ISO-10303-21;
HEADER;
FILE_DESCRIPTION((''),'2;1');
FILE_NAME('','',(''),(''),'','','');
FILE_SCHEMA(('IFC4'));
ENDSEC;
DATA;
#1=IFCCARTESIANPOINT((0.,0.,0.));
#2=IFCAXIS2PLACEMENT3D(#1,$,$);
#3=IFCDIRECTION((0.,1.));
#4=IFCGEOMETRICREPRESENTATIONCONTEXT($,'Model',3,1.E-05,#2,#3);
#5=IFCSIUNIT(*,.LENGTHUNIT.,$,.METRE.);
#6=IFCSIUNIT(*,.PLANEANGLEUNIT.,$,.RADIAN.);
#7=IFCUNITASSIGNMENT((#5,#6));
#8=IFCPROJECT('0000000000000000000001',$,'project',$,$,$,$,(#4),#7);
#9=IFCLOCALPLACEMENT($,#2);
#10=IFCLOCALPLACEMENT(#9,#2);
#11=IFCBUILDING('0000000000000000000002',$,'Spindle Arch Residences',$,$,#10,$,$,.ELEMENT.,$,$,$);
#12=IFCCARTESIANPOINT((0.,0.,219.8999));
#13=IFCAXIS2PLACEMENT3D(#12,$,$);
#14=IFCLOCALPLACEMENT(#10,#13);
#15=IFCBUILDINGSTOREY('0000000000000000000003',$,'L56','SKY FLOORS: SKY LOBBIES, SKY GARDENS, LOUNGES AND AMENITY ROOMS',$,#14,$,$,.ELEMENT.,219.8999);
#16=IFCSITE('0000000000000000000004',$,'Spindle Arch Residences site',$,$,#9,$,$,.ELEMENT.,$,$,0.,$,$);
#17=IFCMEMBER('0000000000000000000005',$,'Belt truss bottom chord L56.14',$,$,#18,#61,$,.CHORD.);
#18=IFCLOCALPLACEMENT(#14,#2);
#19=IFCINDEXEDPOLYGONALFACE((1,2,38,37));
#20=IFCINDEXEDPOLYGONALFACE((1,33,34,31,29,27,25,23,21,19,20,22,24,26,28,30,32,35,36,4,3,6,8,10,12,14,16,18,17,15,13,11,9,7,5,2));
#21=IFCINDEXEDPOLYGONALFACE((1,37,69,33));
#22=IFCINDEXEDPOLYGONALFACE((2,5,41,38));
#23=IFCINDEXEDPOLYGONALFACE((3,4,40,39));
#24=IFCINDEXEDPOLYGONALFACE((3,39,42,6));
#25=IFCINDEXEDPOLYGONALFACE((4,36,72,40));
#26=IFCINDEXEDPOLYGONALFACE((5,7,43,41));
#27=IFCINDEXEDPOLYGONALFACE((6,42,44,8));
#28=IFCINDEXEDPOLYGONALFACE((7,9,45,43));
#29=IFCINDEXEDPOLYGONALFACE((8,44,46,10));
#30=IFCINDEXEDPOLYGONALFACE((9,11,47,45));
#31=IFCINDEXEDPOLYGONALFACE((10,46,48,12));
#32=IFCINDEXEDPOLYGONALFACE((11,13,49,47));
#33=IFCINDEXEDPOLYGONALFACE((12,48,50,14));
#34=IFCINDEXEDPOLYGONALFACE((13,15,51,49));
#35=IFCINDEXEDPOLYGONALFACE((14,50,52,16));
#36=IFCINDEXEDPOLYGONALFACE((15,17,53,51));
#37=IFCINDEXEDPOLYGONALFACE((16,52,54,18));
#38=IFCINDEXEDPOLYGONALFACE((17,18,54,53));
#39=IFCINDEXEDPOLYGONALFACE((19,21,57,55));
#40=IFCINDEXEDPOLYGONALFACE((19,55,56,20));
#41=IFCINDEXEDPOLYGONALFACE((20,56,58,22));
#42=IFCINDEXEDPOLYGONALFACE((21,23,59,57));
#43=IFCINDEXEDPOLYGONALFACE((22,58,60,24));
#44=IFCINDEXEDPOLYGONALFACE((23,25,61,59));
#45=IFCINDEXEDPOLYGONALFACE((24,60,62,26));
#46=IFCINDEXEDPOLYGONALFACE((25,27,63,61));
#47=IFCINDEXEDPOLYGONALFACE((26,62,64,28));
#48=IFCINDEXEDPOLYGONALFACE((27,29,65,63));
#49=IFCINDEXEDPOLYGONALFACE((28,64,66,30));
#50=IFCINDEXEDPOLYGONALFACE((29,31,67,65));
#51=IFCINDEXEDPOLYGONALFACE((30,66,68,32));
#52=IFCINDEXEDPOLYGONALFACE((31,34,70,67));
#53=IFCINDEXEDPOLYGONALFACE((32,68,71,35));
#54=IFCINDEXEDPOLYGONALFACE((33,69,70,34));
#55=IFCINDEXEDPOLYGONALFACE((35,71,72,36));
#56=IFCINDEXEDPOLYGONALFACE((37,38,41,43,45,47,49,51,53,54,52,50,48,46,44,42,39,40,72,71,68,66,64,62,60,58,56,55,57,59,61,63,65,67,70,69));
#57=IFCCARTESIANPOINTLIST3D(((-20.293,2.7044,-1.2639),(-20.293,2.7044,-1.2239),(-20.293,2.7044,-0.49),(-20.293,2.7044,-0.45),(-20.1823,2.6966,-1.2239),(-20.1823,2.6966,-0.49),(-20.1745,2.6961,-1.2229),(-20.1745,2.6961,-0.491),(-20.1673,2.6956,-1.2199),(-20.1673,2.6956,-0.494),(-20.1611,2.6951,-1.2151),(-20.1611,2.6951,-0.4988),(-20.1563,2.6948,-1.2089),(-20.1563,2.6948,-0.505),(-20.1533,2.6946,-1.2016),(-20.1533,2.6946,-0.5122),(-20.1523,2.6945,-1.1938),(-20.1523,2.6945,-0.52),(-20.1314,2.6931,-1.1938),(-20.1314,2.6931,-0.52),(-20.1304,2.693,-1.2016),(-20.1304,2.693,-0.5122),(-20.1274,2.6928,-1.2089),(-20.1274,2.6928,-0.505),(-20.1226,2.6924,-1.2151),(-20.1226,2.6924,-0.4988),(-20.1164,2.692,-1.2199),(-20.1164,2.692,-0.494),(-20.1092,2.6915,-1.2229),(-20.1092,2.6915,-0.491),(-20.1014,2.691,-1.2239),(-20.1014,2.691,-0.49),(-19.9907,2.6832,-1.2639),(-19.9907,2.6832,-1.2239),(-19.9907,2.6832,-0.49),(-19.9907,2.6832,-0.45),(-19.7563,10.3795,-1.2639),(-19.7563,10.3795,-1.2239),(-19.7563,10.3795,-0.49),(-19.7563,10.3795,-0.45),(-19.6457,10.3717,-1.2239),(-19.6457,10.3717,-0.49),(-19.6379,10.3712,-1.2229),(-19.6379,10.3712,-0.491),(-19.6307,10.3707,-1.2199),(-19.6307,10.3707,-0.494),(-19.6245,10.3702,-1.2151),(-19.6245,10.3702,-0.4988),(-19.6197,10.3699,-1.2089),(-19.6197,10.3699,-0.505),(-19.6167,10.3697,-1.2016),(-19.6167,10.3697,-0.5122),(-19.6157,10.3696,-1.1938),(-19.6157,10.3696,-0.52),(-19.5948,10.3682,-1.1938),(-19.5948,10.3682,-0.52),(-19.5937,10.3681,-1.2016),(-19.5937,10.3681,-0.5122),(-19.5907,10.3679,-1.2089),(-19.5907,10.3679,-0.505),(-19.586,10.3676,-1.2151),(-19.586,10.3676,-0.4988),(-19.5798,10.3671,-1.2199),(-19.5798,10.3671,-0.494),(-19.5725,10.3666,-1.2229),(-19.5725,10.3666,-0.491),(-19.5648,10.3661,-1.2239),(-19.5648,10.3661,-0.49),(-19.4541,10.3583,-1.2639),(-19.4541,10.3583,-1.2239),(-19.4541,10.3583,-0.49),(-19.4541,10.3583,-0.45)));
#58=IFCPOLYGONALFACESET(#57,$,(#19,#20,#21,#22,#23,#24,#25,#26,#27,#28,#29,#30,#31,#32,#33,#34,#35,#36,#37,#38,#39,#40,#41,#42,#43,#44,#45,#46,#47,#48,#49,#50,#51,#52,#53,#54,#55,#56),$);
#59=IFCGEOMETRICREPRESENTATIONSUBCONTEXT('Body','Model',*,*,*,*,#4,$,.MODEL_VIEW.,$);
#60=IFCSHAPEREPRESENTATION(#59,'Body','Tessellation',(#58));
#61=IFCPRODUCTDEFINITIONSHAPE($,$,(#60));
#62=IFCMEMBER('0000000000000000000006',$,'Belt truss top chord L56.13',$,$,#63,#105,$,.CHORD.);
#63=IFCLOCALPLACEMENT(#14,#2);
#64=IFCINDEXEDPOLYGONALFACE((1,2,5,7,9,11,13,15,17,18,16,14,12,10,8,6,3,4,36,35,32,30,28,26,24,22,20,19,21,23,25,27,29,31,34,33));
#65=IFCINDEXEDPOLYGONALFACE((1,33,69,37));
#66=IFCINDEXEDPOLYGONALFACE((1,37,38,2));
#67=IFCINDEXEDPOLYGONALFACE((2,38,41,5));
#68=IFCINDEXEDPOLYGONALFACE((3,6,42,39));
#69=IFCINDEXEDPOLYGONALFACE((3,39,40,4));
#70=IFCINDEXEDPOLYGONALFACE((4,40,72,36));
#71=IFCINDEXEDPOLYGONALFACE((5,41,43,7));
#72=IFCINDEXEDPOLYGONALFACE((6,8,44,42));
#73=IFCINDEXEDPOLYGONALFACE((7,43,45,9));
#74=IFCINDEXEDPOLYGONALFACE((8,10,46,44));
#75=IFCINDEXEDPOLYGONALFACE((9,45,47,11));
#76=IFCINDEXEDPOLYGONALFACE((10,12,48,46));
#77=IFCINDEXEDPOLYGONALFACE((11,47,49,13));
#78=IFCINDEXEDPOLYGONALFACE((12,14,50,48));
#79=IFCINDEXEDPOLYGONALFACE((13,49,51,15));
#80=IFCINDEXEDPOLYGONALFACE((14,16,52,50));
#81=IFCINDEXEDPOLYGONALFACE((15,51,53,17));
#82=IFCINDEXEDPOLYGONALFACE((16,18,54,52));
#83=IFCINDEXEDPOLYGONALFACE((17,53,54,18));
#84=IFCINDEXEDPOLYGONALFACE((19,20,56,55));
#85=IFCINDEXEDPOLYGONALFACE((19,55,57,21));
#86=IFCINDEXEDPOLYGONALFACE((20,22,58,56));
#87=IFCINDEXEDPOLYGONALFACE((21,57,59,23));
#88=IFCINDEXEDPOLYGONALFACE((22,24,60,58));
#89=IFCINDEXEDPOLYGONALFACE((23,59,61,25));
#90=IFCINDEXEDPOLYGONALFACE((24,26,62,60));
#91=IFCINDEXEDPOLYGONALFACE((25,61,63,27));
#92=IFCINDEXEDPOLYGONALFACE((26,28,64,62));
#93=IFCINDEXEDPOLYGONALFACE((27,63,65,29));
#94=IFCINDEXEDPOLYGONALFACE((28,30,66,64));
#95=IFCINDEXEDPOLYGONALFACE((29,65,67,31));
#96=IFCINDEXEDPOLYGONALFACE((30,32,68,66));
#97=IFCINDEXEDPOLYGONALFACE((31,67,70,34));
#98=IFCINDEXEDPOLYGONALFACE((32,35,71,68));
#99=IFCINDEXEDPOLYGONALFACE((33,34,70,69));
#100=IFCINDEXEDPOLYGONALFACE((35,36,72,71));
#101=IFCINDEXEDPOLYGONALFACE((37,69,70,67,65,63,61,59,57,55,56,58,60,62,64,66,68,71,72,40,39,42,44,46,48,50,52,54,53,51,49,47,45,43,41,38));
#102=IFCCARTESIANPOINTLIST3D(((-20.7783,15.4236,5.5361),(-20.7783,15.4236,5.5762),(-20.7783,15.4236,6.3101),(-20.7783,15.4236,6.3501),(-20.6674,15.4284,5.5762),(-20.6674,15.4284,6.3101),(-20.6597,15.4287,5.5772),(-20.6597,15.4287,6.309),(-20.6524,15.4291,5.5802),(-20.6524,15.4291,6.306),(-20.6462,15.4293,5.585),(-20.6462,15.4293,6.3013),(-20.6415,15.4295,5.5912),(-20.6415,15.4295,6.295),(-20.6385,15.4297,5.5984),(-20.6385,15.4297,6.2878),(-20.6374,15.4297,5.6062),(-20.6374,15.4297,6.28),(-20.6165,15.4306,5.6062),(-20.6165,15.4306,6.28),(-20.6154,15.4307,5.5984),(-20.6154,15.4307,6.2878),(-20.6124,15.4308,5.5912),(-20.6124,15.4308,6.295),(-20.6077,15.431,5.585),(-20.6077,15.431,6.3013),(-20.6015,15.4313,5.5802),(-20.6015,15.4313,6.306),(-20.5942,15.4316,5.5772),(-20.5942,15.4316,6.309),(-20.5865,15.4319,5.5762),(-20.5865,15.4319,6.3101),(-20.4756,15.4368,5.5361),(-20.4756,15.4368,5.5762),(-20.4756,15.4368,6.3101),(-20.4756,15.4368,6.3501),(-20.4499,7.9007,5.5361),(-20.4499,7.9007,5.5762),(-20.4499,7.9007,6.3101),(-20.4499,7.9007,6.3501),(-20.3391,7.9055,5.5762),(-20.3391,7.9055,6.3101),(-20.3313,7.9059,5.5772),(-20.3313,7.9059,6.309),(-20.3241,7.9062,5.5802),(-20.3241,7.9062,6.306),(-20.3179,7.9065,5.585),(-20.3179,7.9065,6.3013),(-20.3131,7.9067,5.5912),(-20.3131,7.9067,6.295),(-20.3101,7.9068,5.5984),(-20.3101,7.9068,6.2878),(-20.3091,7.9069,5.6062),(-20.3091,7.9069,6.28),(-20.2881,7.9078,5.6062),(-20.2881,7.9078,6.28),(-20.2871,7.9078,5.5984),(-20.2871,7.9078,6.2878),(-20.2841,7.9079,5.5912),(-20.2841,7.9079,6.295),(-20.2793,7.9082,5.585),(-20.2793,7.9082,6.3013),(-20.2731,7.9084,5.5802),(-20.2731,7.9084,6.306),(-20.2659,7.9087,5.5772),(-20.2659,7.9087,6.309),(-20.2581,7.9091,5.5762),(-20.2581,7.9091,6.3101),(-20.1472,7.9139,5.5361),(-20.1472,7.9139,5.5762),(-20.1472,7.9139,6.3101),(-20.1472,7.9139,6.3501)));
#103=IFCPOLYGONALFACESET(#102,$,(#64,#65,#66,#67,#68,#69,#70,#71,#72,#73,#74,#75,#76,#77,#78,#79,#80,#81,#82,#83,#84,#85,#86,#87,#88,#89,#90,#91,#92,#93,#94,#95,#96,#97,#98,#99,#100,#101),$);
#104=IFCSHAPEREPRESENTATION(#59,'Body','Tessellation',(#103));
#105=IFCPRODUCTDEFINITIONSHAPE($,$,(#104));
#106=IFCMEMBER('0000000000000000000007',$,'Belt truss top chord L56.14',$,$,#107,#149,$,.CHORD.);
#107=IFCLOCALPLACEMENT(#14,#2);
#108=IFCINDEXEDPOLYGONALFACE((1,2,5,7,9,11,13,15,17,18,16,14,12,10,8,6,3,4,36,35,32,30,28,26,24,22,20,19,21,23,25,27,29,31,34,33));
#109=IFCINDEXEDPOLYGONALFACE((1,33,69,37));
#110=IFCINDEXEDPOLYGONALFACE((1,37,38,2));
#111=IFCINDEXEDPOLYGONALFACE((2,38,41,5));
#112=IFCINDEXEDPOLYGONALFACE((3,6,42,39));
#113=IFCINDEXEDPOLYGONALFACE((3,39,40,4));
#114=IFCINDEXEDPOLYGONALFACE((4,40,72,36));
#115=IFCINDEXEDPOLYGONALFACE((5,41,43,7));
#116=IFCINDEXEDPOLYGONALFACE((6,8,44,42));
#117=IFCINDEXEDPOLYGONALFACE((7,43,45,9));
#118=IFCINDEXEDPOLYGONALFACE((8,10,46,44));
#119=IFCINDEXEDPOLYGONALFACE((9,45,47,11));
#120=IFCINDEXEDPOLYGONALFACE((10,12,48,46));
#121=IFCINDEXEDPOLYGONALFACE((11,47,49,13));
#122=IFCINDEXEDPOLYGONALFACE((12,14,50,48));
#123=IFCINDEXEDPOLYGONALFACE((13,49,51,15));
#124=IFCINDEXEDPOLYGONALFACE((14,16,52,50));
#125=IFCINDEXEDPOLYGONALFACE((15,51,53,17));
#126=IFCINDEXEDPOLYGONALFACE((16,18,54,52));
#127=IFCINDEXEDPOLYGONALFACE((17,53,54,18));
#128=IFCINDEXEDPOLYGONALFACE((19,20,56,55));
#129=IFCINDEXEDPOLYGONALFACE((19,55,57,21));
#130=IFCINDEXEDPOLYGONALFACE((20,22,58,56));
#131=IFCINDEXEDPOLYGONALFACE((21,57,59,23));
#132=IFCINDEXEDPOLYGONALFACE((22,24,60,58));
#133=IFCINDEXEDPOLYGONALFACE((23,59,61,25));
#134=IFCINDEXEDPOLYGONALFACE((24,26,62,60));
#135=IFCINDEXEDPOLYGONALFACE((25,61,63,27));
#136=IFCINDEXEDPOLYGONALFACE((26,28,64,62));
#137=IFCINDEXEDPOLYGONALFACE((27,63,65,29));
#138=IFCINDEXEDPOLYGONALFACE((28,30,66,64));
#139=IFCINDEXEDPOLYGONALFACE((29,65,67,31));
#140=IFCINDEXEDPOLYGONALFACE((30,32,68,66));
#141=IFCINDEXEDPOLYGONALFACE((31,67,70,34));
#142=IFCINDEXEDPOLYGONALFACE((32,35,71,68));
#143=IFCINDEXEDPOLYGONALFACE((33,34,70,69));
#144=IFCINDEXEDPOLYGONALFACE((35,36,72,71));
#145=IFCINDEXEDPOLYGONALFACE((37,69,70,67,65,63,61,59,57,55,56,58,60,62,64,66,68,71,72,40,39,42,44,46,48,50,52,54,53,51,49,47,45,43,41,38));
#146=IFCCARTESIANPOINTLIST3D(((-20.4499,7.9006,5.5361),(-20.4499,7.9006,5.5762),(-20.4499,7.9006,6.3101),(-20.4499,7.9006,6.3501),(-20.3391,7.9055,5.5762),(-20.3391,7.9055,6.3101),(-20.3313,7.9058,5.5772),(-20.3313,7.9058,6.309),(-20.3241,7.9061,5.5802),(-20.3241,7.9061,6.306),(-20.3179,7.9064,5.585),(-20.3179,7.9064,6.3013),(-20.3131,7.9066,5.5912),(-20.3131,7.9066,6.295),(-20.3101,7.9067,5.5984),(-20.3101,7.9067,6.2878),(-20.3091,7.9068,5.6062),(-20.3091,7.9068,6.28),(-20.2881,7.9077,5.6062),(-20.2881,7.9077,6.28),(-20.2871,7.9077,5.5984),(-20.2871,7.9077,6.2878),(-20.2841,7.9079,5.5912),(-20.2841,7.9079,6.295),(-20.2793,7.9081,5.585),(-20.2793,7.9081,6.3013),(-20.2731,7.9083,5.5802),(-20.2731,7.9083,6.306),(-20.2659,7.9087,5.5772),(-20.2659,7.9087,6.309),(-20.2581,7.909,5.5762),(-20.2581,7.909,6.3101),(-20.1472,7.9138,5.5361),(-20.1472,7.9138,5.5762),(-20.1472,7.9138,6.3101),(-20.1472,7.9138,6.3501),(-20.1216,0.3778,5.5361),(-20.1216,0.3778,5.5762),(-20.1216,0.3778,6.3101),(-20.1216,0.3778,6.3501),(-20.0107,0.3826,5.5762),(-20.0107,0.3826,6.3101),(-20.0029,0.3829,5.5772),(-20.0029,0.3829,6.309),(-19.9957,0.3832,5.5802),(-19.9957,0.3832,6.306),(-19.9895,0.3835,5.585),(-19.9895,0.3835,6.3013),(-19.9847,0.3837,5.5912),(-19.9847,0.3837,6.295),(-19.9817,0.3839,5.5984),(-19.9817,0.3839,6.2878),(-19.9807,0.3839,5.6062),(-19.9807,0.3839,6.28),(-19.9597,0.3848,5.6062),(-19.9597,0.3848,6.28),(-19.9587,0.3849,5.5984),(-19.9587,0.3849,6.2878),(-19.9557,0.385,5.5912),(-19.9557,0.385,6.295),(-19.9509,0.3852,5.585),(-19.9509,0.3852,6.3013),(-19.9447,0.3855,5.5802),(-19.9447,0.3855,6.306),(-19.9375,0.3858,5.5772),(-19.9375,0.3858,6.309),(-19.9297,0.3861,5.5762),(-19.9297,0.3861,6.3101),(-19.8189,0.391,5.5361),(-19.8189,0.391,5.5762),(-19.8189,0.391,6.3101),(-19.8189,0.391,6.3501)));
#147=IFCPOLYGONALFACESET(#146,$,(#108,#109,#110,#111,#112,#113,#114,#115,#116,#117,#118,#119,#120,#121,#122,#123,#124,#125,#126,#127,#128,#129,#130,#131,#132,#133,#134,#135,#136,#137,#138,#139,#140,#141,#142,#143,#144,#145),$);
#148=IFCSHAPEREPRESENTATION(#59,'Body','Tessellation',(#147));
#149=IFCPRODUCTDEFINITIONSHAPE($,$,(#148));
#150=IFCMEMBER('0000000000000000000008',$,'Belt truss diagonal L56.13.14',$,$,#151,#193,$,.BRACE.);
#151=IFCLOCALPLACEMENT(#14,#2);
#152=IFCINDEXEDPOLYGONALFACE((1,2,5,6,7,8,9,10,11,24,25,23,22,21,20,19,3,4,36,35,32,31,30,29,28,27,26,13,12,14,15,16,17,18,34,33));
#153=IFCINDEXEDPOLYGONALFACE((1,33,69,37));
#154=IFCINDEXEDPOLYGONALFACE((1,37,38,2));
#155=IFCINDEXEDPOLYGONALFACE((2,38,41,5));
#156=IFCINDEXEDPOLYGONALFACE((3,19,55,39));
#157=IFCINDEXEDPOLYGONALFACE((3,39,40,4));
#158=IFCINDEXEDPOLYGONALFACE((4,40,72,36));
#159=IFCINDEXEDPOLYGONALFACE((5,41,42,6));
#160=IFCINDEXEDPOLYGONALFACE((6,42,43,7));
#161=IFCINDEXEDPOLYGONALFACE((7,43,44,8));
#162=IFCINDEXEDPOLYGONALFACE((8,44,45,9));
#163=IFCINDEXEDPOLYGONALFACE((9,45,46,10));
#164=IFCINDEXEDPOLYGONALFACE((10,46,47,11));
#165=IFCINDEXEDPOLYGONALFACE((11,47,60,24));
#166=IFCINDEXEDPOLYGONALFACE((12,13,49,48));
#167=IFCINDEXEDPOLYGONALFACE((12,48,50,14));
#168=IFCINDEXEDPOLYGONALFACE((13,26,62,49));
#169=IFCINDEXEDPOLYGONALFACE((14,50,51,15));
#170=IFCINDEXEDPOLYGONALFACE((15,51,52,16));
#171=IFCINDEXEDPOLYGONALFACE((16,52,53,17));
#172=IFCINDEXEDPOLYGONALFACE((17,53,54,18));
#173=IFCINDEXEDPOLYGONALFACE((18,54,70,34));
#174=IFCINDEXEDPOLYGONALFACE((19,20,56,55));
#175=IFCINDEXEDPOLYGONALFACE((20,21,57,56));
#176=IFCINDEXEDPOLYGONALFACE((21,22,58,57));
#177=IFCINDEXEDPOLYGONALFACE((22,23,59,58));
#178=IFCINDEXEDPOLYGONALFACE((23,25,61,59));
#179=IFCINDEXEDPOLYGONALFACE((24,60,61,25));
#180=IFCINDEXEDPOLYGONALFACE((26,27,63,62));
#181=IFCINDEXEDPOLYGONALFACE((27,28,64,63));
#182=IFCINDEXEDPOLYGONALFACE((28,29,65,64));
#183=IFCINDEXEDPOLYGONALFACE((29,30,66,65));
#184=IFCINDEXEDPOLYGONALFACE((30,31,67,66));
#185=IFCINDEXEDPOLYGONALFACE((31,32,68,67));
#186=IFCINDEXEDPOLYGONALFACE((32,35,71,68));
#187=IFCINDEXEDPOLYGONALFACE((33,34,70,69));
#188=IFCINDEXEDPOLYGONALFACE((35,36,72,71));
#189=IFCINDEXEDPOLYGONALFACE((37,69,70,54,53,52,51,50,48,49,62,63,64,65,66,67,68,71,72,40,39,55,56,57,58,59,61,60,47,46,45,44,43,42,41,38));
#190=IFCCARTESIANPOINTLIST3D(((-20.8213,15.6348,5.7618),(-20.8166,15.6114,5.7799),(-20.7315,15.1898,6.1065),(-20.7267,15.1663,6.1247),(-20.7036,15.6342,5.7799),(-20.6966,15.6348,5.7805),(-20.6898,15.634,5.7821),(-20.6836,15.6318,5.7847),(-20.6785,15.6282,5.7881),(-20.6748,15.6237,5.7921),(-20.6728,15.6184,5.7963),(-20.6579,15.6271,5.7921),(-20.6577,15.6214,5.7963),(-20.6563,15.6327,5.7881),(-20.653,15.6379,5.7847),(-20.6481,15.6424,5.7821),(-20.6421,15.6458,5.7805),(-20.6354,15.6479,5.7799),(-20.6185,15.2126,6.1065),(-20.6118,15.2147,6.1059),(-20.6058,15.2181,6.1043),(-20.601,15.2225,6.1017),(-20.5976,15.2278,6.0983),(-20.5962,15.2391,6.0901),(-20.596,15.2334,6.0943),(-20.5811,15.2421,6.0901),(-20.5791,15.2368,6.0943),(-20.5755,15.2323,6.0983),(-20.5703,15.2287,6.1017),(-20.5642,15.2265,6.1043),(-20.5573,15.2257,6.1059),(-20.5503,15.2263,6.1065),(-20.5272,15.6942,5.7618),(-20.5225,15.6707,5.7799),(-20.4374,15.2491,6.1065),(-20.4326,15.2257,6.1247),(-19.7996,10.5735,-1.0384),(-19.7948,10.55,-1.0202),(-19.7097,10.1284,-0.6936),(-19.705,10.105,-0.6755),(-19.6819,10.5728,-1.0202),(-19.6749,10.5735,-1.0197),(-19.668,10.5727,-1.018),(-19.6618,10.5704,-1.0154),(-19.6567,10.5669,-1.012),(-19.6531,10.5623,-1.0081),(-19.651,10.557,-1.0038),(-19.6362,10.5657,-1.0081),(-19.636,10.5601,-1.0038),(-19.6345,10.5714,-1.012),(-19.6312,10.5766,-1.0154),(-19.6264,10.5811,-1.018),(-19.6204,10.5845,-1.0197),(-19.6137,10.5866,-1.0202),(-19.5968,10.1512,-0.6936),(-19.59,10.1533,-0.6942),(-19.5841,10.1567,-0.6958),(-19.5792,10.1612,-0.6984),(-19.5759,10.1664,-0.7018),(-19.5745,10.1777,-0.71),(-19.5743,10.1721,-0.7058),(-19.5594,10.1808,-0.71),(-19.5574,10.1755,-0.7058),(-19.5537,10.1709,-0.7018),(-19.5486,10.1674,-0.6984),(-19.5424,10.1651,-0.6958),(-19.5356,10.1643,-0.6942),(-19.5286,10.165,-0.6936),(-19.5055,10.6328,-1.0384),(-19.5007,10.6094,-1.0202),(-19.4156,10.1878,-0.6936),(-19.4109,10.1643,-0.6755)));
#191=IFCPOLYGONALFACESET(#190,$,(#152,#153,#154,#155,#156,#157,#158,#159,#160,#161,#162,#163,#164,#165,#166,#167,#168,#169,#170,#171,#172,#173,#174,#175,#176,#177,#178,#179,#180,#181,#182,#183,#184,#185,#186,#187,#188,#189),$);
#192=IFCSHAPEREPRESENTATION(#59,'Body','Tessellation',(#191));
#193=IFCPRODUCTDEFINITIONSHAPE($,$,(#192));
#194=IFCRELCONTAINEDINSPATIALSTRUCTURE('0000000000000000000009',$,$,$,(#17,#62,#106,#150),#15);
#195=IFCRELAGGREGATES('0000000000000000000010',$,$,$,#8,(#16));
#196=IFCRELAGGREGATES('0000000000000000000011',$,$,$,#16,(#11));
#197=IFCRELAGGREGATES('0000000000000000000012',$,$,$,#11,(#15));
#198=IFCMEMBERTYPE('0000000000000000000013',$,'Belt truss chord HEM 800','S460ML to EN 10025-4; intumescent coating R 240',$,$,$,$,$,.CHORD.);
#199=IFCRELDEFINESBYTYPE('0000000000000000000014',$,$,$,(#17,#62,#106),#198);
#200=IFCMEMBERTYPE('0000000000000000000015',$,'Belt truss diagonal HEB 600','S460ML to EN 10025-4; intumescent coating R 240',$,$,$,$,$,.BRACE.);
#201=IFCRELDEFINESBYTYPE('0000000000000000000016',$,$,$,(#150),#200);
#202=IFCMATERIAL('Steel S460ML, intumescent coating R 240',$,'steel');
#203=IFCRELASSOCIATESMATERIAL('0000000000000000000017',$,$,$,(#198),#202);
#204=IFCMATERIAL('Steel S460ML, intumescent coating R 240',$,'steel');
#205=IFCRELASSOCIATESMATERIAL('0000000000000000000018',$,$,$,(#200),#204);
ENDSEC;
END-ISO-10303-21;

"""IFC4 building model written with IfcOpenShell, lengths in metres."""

from ifc_helpers import new_model, si_unit, direction, frame, origin, origin_2d, place, context, subcontext, project, spatial, i_section, extrude, material, material_profile, profile_set, type_object, element, save


model = new_model("IFC4")

# Units and contexts
model_context = context("Model", 3, precision=1e-05, world=origin(), true_north=direction((0.0, 1.0)))
body_context = subcontext(model_context, "Body", "Model", "MODEL_VIEW")
ifc_project = project(units=[si_unit("LENGTHUNIT", "METRE"), si_unit("PLANEANGLEUNIT", "RADIAN")], contexts=[model_context])

# Site, building, storey
site_placement = place(None, origin())
site = spatial("IfcSite", under=ifc_project, at=site_placement, Name="Spindle Arch Residences site", CompositionType="ELEMENT", RefElevation=0.0)
building_placement = place(site_placement, origin())
building = spatial("IfcBuilding", under=site, at=building_placement, Name="Spindle Arch Residences", CompositionType="ELEMENT")
storey_placement = place(building_placement, frame((0.0, 0.0, 219.8999)))
storey = spatial("IfcBuildingStorey", under=building, at=storey_placement, Name="L56", Description="SKY FLOORS: SKY LOBBIES, SKY GARDENS, LOUNGES AND AMENITY ROOMS", CompositionType="ELEMENT", Elevation=219.8999)

# Members
ifc_material_1 = material(Name="Steel S460ML, intumescent coating R 240", Category="steel")
ifc_material_profile_1 = material_profile(ifc_material_1, i_section(OverallWidth=0.303, OverallDepth=0.814, WebThickness=0.021, FlangeThickness=0.04, FilletRadius=0.03, at=origin_2d()), Name="HEM 800")
ifc_profile_set_1 = profile_set([ifc_material_profile_1], Name="Steel S460ML, intumescent coating R 240")
member_type_1 = type_object("IfcMemberType", Name="Belt truss chord HEM 800", Description="S460ML to EN 10025-4; intumescent coating R 240", PredefinedType="CHORD", material=ifc_profile_set_1)
member_1_placement = place(storey_placement, frame((-19.6052, 10.3689, -0.8569), z_axis=(-0.069747, -0.997565, 0.0), x_axis=(0.997565, -0.069747, 0.0)))
element("IfcMember", 1, at=member_1_placement, inside=storey, type_object=member_type_1, Name="Belt truss bottom chord L56.14", PredefinedType="CHORD", context=body_context, shape_type="SweptSolid", body=[
    extrude(i_section(OverallWidth=0.303, OverallDepth=0.814, WebThickness=0.021, FlangeThickness=0.04, FilletRadius=0.03, at=origin_2d()), origin(), (0.0, 0.0, 1.0), 7.6938),
])
for number, where, z_axis, x_axis, name in (
    (2, (-20.627, 15.4302, 5.9431), (0.043607, -0.999049, 0.0), (0.999049, 0.043607, 0.0), "Belt truss top chord L56.13"),
    (3, (-20.2986, 7.9072, 5.9431), (0.043607, -0.999049, 0.0), (0.999049, 0.043607, 0.0), "Belt truss top chord L56.14"),
):
    element("IfcMember", number, at=place(storey_placement, frame(where, z_axis=z_axis, x_axis=x_axis)), inside=storey, type_object=member_type_1, Name=name, PredefinedType="CHORD", context=body_context, shape_type="SweptSolid", body=[
        extrude(i_section(OverallWidth=0.303, OverallDepth=0.814, WebThickness=0.021, FlangeThickness=0.04, FilletRadius=0.03, at=origin_2d()), origin(), (0.0, 0.0, 1.0), 7.53),
    ])
ifc_material_2 = material(Name="Steel S460ML, intumescent coating R 240", Category="steel")
ifc_material_profile_2 = material_profile(ifc_material_2, i_section(OverallWidth=0.3, OverallDepth=0.6001, WebThickness=0.0154, FlangeThickness=0.03, FilletRadius=0.0271, at=origin_2d()), Name="HEB 600")
ifc_profile_set_2 = profile_set([ifc_material_profile_2], Name="Steel S460ML, intumescent coating R 240")
member_type_2 = type_object("IfcMemberType", Name="Belt truss diagonal HEB 600", Description="S460ML to EN 10025-4; intumescent coating R 240", PredefinedType="BRACE", material=ifc_profile_set_2)
member_2_placement = place(storey_placement, frame((-19.6052, 10.3689, -0.8569), z_axis=(-0.119665, 0.592779, 0.796425), x_axis=(-0.980226, -0.19788, 0.0)))
element("IfcMember", 4, at=member_2_placement, inside=storey, type_object=member_type_2, Name="Belt truss diagonal L56.13.14", PredefinedType="BRACE", context=body_context, shape_type="SweptSolid", body=[
    extrude(i_section(OverallWidth=0.3, OverallDepth=0.6001, WebThickness=0.0154, FlangeThickness=0.03, FilletRadius=0.0271, at=origin_2d()), origin(), (0.0, 0.0, 1.0), 8.5383),
])

save(model, "model.ifc")
